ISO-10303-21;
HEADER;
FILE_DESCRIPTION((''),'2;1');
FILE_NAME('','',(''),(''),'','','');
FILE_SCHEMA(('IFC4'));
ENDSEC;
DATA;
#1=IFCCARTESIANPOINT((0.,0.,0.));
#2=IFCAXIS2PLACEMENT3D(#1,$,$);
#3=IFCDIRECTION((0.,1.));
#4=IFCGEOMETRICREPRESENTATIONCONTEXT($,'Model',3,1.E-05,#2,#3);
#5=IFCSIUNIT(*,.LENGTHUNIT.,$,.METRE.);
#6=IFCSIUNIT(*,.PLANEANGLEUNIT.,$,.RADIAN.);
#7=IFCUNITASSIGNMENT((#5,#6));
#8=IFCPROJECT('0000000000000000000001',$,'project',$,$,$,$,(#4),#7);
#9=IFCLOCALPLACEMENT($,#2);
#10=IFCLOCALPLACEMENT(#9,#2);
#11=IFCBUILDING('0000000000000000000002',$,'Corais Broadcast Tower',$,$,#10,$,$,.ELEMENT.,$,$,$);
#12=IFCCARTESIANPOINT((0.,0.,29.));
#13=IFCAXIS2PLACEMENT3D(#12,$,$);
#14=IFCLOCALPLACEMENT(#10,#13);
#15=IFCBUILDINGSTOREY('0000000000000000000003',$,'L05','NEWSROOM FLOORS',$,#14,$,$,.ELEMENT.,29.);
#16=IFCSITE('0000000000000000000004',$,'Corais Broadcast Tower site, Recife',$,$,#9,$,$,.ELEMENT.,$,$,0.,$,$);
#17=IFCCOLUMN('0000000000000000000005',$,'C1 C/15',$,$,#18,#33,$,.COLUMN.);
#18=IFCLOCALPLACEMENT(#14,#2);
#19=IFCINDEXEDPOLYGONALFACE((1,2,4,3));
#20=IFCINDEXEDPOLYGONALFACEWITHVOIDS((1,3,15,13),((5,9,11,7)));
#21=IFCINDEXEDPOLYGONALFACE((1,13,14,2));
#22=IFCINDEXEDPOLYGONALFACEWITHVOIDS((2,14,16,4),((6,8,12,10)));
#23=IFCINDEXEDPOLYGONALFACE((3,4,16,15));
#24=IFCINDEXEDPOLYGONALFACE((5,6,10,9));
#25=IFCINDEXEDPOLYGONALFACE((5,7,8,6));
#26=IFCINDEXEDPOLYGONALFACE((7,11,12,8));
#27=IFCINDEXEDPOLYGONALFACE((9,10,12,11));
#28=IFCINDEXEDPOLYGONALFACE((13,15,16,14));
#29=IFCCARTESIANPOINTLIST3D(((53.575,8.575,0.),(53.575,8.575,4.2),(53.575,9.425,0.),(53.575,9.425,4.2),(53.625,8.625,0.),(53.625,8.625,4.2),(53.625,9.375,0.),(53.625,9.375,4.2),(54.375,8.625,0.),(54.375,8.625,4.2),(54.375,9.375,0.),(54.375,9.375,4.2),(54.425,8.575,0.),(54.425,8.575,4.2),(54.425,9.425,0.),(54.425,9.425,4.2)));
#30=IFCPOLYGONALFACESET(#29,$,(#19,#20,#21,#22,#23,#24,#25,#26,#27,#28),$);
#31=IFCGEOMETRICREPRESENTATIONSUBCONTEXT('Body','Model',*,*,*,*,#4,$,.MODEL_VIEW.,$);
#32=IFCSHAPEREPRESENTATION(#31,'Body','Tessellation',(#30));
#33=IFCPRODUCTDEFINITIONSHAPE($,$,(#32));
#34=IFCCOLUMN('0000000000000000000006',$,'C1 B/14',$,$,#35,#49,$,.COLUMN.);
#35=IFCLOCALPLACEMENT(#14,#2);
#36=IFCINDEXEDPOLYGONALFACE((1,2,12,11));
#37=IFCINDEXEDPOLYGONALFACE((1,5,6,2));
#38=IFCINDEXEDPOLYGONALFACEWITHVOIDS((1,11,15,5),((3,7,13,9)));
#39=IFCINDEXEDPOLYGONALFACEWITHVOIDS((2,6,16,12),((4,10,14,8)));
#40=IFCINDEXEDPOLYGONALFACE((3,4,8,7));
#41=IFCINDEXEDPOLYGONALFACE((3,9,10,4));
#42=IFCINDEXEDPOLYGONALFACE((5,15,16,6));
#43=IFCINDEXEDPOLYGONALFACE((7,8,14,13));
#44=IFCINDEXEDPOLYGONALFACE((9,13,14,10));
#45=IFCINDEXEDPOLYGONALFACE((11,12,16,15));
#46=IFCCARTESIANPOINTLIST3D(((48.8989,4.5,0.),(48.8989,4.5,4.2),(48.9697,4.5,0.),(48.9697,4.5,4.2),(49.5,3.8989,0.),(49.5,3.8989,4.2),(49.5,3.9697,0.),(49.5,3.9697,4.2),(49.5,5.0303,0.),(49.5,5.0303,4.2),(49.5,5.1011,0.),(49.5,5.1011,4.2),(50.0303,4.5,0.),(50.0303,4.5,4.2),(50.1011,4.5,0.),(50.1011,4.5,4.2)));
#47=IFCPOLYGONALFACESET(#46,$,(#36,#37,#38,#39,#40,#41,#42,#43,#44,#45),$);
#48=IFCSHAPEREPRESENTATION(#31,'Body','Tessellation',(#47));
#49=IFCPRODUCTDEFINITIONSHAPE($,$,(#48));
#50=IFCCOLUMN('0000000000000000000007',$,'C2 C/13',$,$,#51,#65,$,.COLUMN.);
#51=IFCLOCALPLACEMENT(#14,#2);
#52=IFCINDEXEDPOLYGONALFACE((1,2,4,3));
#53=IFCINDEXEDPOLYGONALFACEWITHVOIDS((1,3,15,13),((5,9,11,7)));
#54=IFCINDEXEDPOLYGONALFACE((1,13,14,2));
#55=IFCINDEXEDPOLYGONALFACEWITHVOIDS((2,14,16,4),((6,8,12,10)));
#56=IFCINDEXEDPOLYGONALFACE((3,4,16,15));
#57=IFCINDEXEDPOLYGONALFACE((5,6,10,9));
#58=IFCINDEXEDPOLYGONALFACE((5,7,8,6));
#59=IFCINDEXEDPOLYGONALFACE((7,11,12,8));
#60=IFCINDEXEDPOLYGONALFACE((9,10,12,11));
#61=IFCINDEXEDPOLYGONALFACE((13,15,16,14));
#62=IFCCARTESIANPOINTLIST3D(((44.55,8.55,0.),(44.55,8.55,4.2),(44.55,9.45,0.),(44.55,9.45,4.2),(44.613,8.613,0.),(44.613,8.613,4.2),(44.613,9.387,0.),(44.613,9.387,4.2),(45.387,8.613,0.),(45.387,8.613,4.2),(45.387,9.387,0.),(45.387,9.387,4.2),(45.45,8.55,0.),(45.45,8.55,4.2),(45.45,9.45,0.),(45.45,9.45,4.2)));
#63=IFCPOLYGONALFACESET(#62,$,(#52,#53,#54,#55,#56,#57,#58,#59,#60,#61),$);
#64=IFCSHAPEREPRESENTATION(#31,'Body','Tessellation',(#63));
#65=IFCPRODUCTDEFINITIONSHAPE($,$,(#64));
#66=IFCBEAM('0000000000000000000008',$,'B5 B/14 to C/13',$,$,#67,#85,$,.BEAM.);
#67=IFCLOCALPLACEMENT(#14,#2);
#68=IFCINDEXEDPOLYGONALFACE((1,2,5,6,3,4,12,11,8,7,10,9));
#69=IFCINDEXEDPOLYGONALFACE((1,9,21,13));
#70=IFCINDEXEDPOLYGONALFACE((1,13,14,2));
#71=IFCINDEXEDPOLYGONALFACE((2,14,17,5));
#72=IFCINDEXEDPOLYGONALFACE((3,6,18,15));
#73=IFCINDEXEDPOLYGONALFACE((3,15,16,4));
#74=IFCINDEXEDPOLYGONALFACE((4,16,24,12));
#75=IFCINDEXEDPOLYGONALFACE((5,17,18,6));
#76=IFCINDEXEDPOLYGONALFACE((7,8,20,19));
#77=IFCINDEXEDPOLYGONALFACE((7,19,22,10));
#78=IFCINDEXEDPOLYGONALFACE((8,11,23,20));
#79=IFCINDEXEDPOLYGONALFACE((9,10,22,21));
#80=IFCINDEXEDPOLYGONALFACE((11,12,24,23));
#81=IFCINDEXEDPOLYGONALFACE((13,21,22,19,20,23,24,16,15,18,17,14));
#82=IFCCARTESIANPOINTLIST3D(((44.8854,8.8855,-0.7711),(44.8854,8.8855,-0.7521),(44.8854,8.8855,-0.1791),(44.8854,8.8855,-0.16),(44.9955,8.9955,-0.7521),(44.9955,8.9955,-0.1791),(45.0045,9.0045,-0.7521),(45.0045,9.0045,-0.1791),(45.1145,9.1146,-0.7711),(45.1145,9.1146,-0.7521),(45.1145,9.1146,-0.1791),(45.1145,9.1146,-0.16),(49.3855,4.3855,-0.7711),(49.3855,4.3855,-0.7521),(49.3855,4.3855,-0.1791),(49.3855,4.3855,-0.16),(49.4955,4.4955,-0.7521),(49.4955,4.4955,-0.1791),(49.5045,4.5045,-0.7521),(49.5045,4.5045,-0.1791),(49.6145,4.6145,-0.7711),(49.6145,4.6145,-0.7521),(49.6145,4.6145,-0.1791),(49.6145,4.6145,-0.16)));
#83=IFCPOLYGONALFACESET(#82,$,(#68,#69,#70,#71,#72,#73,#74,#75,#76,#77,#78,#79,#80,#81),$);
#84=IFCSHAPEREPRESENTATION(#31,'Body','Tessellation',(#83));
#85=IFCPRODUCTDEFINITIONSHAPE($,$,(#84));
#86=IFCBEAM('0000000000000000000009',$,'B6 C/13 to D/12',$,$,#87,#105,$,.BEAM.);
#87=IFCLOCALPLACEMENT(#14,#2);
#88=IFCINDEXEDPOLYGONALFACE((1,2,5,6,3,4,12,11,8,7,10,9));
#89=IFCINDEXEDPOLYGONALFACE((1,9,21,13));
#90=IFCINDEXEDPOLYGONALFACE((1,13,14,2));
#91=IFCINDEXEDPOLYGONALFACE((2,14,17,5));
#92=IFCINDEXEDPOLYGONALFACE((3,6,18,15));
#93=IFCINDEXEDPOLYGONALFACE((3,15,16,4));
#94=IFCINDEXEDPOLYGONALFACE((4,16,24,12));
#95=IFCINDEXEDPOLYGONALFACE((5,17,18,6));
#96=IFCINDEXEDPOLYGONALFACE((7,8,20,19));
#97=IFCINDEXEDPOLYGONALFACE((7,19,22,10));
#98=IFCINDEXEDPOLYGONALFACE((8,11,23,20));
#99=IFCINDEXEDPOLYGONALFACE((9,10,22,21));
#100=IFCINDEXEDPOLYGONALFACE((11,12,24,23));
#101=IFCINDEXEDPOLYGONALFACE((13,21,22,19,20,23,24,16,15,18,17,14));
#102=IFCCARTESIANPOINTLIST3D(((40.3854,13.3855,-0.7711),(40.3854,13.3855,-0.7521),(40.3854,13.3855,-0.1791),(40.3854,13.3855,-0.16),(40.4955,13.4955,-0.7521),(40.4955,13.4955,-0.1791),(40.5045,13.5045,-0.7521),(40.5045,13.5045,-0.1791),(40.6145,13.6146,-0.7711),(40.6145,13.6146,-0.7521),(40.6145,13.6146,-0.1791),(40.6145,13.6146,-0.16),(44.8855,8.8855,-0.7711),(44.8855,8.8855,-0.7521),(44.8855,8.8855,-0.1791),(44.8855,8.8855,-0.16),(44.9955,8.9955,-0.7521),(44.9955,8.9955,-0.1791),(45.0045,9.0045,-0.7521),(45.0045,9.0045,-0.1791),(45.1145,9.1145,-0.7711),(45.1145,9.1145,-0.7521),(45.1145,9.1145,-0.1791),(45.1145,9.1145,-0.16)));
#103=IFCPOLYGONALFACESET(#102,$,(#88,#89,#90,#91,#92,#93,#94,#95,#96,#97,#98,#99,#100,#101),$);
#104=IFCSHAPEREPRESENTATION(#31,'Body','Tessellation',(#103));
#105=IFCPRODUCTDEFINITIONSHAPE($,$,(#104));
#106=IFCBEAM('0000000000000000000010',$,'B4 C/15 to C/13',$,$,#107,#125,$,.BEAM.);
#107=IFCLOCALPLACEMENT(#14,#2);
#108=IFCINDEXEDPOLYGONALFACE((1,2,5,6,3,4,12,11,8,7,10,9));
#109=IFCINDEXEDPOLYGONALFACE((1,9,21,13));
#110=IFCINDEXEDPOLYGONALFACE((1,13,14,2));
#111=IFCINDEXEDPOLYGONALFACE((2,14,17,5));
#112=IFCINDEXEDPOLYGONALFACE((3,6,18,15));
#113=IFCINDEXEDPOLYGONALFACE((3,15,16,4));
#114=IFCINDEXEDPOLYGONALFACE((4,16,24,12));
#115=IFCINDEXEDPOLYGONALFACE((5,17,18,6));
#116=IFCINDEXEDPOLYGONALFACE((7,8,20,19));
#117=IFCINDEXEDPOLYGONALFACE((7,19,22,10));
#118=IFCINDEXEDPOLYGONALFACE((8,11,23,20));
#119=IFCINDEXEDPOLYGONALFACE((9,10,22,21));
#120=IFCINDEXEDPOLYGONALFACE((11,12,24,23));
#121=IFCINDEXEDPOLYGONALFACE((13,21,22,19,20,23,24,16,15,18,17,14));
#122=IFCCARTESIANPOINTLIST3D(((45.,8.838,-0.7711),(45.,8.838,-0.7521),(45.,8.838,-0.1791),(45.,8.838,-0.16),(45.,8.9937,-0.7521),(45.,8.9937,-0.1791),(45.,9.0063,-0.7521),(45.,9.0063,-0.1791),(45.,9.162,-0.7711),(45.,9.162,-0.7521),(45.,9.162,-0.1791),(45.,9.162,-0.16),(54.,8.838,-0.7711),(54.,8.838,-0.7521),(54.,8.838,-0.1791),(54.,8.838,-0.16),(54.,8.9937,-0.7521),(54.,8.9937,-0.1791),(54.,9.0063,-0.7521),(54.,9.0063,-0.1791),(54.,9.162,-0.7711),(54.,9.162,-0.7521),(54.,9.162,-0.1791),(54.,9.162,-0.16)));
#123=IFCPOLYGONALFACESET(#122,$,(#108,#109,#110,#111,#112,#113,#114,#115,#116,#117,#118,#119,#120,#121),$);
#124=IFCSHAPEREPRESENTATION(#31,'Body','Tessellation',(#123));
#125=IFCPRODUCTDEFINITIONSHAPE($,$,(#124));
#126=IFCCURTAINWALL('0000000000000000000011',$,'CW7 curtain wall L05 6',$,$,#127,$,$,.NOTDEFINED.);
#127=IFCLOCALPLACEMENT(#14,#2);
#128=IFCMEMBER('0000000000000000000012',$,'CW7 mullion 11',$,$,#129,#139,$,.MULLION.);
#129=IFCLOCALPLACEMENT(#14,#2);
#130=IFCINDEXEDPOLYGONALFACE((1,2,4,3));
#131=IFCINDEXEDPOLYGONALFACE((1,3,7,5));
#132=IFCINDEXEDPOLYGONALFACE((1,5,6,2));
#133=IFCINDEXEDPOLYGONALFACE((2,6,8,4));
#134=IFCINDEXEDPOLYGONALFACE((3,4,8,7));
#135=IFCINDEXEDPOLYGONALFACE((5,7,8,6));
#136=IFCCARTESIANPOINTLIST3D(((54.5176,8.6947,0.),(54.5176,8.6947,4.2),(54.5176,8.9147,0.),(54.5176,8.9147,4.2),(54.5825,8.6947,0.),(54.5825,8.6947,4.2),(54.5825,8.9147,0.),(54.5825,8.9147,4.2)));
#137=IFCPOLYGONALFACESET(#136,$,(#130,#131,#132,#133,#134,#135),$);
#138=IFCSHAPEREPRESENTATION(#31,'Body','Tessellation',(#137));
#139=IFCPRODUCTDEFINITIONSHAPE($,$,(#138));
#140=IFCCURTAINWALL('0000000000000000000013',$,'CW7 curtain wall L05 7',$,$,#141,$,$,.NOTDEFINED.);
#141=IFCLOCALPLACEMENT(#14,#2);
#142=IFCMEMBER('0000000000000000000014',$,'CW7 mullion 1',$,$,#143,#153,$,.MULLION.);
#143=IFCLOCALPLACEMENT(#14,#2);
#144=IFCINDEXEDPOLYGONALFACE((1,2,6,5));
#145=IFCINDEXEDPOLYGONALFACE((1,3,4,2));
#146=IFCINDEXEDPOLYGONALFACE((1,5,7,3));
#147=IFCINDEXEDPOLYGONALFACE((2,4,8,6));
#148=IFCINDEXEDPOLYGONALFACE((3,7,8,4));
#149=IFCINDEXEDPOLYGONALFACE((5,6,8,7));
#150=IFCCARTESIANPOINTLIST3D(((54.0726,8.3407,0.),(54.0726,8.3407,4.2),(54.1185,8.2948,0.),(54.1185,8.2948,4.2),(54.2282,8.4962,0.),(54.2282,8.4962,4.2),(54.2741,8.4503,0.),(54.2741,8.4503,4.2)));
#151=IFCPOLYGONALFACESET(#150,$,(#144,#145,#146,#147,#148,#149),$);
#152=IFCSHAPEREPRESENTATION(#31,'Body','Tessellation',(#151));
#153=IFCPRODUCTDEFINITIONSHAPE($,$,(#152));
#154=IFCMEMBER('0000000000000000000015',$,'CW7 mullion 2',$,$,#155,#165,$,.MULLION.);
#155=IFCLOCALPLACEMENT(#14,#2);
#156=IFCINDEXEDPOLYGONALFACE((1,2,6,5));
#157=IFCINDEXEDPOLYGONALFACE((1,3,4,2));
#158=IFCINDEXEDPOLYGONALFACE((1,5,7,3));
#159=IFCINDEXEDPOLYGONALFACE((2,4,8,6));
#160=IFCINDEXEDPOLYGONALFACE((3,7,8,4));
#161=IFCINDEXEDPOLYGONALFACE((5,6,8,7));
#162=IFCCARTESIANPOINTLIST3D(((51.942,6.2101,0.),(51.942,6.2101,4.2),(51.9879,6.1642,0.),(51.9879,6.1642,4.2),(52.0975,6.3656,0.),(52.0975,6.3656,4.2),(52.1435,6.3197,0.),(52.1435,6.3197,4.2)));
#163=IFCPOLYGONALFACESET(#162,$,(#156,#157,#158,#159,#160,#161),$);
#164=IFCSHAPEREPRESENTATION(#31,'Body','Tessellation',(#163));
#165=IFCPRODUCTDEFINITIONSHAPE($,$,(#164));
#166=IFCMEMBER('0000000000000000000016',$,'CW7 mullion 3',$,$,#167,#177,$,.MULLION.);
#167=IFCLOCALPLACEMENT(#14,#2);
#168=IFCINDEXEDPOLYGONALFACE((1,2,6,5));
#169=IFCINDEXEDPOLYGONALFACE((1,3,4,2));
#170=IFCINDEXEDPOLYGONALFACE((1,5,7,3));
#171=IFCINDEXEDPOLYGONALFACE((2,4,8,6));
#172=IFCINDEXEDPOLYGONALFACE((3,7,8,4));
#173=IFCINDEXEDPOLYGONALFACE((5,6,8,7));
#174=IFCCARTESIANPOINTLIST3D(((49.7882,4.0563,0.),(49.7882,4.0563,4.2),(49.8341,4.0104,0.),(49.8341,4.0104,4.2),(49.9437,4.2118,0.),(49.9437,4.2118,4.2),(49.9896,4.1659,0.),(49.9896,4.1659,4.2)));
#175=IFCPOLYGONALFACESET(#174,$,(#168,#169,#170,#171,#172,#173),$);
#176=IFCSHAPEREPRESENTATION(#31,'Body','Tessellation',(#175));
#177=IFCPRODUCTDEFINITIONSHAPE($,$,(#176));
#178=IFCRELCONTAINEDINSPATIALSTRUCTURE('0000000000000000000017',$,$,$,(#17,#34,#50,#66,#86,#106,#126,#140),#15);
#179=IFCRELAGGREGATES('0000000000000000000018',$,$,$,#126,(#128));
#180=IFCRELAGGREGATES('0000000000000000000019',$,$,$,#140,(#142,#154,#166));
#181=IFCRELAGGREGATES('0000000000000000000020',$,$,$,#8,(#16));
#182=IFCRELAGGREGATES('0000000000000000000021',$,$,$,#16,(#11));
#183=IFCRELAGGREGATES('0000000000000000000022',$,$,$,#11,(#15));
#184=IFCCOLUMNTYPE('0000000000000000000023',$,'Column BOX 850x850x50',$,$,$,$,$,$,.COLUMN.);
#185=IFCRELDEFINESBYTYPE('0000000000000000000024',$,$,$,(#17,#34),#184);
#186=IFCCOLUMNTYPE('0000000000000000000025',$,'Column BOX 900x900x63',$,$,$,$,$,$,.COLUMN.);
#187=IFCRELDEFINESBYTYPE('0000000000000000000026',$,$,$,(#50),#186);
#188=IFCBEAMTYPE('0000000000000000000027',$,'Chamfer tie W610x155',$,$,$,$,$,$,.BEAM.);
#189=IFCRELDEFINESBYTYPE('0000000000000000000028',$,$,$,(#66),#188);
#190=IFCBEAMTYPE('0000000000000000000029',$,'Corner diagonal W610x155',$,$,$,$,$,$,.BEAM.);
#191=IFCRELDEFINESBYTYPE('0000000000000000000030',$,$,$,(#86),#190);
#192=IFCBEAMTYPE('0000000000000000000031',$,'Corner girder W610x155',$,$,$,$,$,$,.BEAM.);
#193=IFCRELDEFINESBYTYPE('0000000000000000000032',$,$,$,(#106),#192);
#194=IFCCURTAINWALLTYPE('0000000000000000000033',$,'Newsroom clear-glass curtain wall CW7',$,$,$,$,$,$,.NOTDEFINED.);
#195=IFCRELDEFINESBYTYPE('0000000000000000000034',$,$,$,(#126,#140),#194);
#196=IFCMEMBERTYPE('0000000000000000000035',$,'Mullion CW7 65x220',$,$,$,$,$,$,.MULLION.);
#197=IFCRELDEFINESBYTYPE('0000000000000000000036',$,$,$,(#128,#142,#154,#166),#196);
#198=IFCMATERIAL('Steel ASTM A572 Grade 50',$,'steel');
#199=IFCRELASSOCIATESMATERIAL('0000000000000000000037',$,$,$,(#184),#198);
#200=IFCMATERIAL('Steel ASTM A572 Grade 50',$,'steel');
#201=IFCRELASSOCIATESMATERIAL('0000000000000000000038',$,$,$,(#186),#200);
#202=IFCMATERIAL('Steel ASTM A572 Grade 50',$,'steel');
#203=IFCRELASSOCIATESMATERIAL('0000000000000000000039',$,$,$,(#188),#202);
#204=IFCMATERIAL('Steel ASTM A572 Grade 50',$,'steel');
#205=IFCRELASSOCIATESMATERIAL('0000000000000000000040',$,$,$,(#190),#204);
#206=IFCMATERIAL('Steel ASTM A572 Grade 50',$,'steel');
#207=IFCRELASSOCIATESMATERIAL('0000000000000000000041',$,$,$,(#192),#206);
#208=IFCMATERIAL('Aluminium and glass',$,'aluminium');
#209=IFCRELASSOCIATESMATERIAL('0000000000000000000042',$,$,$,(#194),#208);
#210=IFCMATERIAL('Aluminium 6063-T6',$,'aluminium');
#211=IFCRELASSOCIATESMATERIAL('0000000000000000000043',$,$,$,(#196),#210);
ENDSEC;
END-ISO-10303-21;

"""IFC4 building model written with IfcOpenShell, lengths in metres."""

from ifc_helpers import new_model, si_unit, direction, frame, origin, origin_2d, place, context, subcontext, project, spatial, rectangle, hollow_rectangle, i_section, extrude, material, material_profile, profile_set, type_object, element, aggregate, save


model = new_model("IFC4")

# Units and contexts
model_context = context("Model", 3, precision=1e-05, world=origin(), true_north=direction((0.0, 1.0)))
body_context = subcontext(model_context, "Body", "Model", "MODEL_VIEW")
ifc_project = project(units=[si_unit("LENGTHUNIT", "METRE"), si_unit("PLANEANGLEUNIT", "RADIAN")], contexts=[model_context])

# Site, building, storey
site_placement = place(None, origin())
site = spatial("IfcSite", under=ifc_project, at=site_placement, Name="Corais Broadcast Tower site, Recife", CompositionType="ELEMENT", RefElevation=0.0)
building_placement = place(site_placement, origin())
building = spatial("IfcBuilding", under=site, at=building_placement, Name="Corais Broadcast Tower", CompositionType="ELEMENT")
storey_placement = place(building_placement, frame((0.0, 0.0, 29.0)))
storey = spatial("IfcBuildingStorey", under=building, at=storey_placement, Name="L05", Description="NEWSROOM FLOORS", CompositionType="ELEMENT", Elevation=29.0)

# Columns
ifc_material_1 = material(Name="Steel ASTM A572 Grade 50", Category="steel")
ifc_material_profile_1 = material_profile(ifc_material_1, hollow_rectangle(XDim=0.8501, YDim=0.8501, WallThickness=0.05, at=origin_2d()), Name="BOX 850x850x50")
ifc_profile_set_1 = profile_set([ifc_material_profile_1], Name="Steel ASTM A572 Grade 50")
column_type_1 = type_object("IfcColumnType", Name="Column BOX 850x850x50", PredefinedType="COLUMN", material=ifc_profile_set_1)
for number, where, z_axis, x_axis, name in (
    (1, (54.0, 9.0, 0.0), (0.0, 0.0, 1.0), (1.0, 0.0, 0.0), "C1 C/15"),
    (2, (49.5, 4.5, 0.0), (0.0, 0.0, 1.0), (0.707107, 0.707107, 0.0), "C1 B/14"),
):
    element("IfcColumn", number, at=place(storey_placement, frame(where, z_axis=z_axis, x_axis=x_axis)), inside=storey, type_object=column_type_1, Name=name, PredefinedType="COLUMN", context=body_context, shape_type="SweptSolid", body=[
        extrude(hollow_rectangle(XDim=0.8501, YDim=0.8501, WallThickness=0.05, at=origin_2d()), origin(), (0.0, 0.0, 1.0), 4.2),
    ])
ifc_material_2 = material(Name="Steel ASTM A572 Grade 50", Category="steel")
ifc_material_profile_2 = material_profile(ifc_material_2, hollow_rectangle(XDim=0.8999, YDim=0.8999, WallThickness=0.063, at=origin_2d()), Name="BOX 900x900x63")
ifc_profile_set_2 = profile_set([ifc_material_profile_2], Name="Steel ASTM A572 Grade 50")
column_type_2 = type_object("IfcColumnType", Name="Column BOX 900x900x63", PredefinedType="COLUMN", material=ifc_profile_set_2)
column_placement = place(storey_placement, frame((45.0, 9.0, 0.0), z_axis=(0.0, 0.0, 1.0), x_axis=(1.0, 0.0, 0.0)))
element("IfcColumn", 3, at=column_placement, inside=storey, type_object=column_type_2, Name="C2 C/13", PredefinedType="COLUMN", context=body_context, shape_type="SweptSolid", body=[
    extrude(hollow_rectangle(XDim=0.8999, YDim=0.8999, WallThickness=0.063, at=origin_2d()), origin(), (0.0, 0.0, 1.0), 4.2),
])

# Beams
ifc_material_3 = material(Name="Steel ASTM A572 Grade 50", Category="steel")
ifc_material_profile_3 = material_profile(ifc_material_3, i_section(OverallWidth=0.324, OverallDepth=0.6111, WebThickness=0.0127, FlangeThickness=0.019, at=origin_2d()), Name="W610x155")
ifc_profile_set_3 = profile_set([ifc_material_profile_3], Name="Steel ASTM A572 Grade 50")
beam_type_1 = type_object("IfcBeamType", Name="Chamfer tie W610x155", PredefinedType="BEAM", material=ifc_profile_set_3)
beam_1_placement = place(storey_placement, frame((49.5, 4.5, -0.4656), z_axis=(-0.707107, 0.707107, 0.0), x_axis=(-0.707107, -0.707107, 0.0)))
element("IfcBeam", 4, at=beam_1_placement, inside=storey, type_object=beam_type_1, Name="B5 B/14 to C/13", PredefinedType="BEAM", context=body_context, shape_type="SweptSolid", body=[
    extrude(i_section(OverallWidth=0.324, OverallDepth=0.6111, WebThickness=0.0127, FlangeThickness=0.019, at=origin_2d()), origin(), (0.0, 0.0, 1.0), 6.364),
])
ifc_material_4 = material(Name="Steel ASTM A572 Grade 50", Category="steel")
ifc_material_profile_4 = material_profile(ifc_material_4, i_section(OverallWidth=0.324, OverallDepth=0.6111, WebThickness=0.0127, FlangeThickness=0.019, at=origin_2d()), Name="W610x155")
ifc_profile_set_4 = profile_set([ifc_material_profile_4], Name="Steel ASTM A572 Grade 50")
beam_type_2 = type_object("IfcBeamType", Name="Corner diagonal W610x155", PredefinedType="BEAM", material=ifc_profile_set_4)
beam_2_placement = place(storey_placement, frame((45.0, 9.0, -0.4656), z_axis=(-0.707107, 0.707107, 0.0), x_axis=(-0.707107, -0.707107, 0.0)))
element("IfcBeam", 5, at=beam_2_placement, inside=storey, type_object=beam_type_2, Name="B6 C/13 to D/12", PredefinedType="BEAM", context=body_context, shape_type="SweptSolid", body=[
    extrude(i_section(OverallWidth=0.324, OverallDepth=0.6111, WebThickness=0.0127, FlangeThickness=0.019, at=origin_2d()), origin(), (0.0, 0.0, 1.0), 6.364),
])
ifc_material_5 = material(Name="Steel ASTM A572 Grade 50", Category="steel")
ifc_material_profile_5 = material_profile(ifc_material_5, i_section(OverallWidth=0.324, OverallDepth=0.6111, WebThickness=0.0127, FlangeThickness=0.019, at=origin_2d()), Name="W610x155")
ifc_profile_set_5 = profile_set([ifc_material_profile_5], Name="Steel ASTM A572 Grade 50")
beam_type_3 = type_object("IfcBeamType", Name="Corner girder W610x155", PredefinedType="BEAM", material=ifc_profile_set_5)
beam_3_placement = place(storey_placement, frame((54.0, 9.0, -0.4656), z_axis=(-1.0, 0.0, 0.0), x_axis=(0.0, -1.0, 0.0)))
element("IfcBeam", 6, at=beam_3_placement, inside=storey, type_object=beam_type_3, Name="B4 C/15 to C/13", PredefinedType="BEAM", context=body_context, shape_type="SweptSolid", body=[
    extrude(i_section(OverallWidth=0.324, OverallDepth=0.6111, WebThickness=0.0127, FlangeThickness=0.019, at=origin_2d()), origin(), (0.0, 0.0, 1.0), 9.0),
])

# Curtain wall, member
ifc_material_6 = material(Name="Aluminium and glass", Category="aluminium")
curtain_wall_type = type_object("IfcCurtainWallType", Name="Newsroom clear-glass curtain wall CW7", PredefinedType="NOTDEFINED", material=ifc_material_6)
curtain_wall_1_placement = place(storey_placement, origin())
curtain_wall_1 = element("IfcCurtainWall", 7, at=curtain_wall_1_placement, inside=storey, type_object=curtain_wall_type, Name="CW7 curtain wall L05 6", PredefinedType="NOTDEFINED")
ifc_material_7 = material(Name="Aluminium 6063-T6", Category="aluminium")
ifc_material_profile_6 = material_profile(ifc_material_7, rectangle(XDim=0.0649, YDim=0.22, at=origin_2d()), Name="Mullion CW7 65x220")
ifc_profile_set_6 = profile_set([ifc_material_profile_6], Name="Aluminium 6063-T6")
member_type_1 = type_object("IfcMemberType", Name="Mullion CW7 65x220", PredefinedType="MULLION", material=ifc_profile_set_6)
member_1_placement = place(storey_placement, frame((54.55, 8.8047, 0.0), z_axis=(0.0, 0.0, 1.0), x_axis=(1.0, 0.0, 0.0)))
member_1 = element("IfcMember", 8, at=member_1_placement, type_object=member_type_1, Name="CW7 mullion 11", PredefinedType="MULLION", context=body_context, shape_type="SweptSolid", body=[
    extrude(rectangle(XDim=0.0649, YDim=0.22, at=origin_2d()), origin(), (0.0, 0.0, 1.0), 4.2),
])
aggregate(curtain_wall_1, [member_1])

# Curtain wall, members
curtain_wall_2_placement = place(storey_placement, origin())
curtain_wall_2 = element("IfcCurtainWall", 9, at=curtain_wall_2_placement, inside=storey, type_object=curtain_wall_type, Name="CW7 curtain wall L05 7", PredefinedType="NOTDEFINED")
member_2_placement = place(storey_placement, frame((54.1733, 8.3955, 0.0), z_axis=(0.0, 0.0, 1.0), x_axis=(0.707107, -0.707107, 0.0)))
member_2 = element("IfcMember", 10, at=member_2_placement, type_object=member_type_1, Name="CW7 mullion 1", PredefinedType="MULLION", context=body_context, shape_type="SweptSolid", body=[
    extrude(rectangle(XDim=0.0649, YDim=0.22, at=origin_2d()), origin(), (0.0, 0.0, 1.0), 4.2),
])
member_3_placement = place(storey_placement, frame((52.0427, 6.2649, 0.0), z_axis=(0.0, 0.0, 1.0), x_axis=(0.707107, -0.707107, 0.0)))
member_3 = element("IfcMember", 11, at=member_3_placement, type_object=member_type_1, Name="CW7 mullion 2", PredefinedType="MULLION", context=body_context, shape_type="SweptSolid", body=[
    extrude(rectangle(XDim=0.0649, YDim=0.22, at=origin_2d()), origin(), (0.0, 0.0, 1.0), 4.2),
])
member_4_placement = place(storey_placement, frame((49.8889, 4.1111, 0.0), z_axis=(0.0, 0.0, 1.0), x_axis=(0.707107, -0.707107, 0.0)))
member_4 = element("IfcMember", 12, at=member_4_placement, type_object=member_type_1, Name="CW7 mullion 3", PredefinedType="MULLION", context=body_context, shape_type="SweptSolid", body=[
    extrude(rectangle(XDim=0.0649, YDim=0.22, at=origin_2d()), origin(), (0.0, 0.0, 1.0), 4.2),
])

aggregate(curtain_wall_2, [member_2, member_3, member_4])

save(model, "model.ifc")
